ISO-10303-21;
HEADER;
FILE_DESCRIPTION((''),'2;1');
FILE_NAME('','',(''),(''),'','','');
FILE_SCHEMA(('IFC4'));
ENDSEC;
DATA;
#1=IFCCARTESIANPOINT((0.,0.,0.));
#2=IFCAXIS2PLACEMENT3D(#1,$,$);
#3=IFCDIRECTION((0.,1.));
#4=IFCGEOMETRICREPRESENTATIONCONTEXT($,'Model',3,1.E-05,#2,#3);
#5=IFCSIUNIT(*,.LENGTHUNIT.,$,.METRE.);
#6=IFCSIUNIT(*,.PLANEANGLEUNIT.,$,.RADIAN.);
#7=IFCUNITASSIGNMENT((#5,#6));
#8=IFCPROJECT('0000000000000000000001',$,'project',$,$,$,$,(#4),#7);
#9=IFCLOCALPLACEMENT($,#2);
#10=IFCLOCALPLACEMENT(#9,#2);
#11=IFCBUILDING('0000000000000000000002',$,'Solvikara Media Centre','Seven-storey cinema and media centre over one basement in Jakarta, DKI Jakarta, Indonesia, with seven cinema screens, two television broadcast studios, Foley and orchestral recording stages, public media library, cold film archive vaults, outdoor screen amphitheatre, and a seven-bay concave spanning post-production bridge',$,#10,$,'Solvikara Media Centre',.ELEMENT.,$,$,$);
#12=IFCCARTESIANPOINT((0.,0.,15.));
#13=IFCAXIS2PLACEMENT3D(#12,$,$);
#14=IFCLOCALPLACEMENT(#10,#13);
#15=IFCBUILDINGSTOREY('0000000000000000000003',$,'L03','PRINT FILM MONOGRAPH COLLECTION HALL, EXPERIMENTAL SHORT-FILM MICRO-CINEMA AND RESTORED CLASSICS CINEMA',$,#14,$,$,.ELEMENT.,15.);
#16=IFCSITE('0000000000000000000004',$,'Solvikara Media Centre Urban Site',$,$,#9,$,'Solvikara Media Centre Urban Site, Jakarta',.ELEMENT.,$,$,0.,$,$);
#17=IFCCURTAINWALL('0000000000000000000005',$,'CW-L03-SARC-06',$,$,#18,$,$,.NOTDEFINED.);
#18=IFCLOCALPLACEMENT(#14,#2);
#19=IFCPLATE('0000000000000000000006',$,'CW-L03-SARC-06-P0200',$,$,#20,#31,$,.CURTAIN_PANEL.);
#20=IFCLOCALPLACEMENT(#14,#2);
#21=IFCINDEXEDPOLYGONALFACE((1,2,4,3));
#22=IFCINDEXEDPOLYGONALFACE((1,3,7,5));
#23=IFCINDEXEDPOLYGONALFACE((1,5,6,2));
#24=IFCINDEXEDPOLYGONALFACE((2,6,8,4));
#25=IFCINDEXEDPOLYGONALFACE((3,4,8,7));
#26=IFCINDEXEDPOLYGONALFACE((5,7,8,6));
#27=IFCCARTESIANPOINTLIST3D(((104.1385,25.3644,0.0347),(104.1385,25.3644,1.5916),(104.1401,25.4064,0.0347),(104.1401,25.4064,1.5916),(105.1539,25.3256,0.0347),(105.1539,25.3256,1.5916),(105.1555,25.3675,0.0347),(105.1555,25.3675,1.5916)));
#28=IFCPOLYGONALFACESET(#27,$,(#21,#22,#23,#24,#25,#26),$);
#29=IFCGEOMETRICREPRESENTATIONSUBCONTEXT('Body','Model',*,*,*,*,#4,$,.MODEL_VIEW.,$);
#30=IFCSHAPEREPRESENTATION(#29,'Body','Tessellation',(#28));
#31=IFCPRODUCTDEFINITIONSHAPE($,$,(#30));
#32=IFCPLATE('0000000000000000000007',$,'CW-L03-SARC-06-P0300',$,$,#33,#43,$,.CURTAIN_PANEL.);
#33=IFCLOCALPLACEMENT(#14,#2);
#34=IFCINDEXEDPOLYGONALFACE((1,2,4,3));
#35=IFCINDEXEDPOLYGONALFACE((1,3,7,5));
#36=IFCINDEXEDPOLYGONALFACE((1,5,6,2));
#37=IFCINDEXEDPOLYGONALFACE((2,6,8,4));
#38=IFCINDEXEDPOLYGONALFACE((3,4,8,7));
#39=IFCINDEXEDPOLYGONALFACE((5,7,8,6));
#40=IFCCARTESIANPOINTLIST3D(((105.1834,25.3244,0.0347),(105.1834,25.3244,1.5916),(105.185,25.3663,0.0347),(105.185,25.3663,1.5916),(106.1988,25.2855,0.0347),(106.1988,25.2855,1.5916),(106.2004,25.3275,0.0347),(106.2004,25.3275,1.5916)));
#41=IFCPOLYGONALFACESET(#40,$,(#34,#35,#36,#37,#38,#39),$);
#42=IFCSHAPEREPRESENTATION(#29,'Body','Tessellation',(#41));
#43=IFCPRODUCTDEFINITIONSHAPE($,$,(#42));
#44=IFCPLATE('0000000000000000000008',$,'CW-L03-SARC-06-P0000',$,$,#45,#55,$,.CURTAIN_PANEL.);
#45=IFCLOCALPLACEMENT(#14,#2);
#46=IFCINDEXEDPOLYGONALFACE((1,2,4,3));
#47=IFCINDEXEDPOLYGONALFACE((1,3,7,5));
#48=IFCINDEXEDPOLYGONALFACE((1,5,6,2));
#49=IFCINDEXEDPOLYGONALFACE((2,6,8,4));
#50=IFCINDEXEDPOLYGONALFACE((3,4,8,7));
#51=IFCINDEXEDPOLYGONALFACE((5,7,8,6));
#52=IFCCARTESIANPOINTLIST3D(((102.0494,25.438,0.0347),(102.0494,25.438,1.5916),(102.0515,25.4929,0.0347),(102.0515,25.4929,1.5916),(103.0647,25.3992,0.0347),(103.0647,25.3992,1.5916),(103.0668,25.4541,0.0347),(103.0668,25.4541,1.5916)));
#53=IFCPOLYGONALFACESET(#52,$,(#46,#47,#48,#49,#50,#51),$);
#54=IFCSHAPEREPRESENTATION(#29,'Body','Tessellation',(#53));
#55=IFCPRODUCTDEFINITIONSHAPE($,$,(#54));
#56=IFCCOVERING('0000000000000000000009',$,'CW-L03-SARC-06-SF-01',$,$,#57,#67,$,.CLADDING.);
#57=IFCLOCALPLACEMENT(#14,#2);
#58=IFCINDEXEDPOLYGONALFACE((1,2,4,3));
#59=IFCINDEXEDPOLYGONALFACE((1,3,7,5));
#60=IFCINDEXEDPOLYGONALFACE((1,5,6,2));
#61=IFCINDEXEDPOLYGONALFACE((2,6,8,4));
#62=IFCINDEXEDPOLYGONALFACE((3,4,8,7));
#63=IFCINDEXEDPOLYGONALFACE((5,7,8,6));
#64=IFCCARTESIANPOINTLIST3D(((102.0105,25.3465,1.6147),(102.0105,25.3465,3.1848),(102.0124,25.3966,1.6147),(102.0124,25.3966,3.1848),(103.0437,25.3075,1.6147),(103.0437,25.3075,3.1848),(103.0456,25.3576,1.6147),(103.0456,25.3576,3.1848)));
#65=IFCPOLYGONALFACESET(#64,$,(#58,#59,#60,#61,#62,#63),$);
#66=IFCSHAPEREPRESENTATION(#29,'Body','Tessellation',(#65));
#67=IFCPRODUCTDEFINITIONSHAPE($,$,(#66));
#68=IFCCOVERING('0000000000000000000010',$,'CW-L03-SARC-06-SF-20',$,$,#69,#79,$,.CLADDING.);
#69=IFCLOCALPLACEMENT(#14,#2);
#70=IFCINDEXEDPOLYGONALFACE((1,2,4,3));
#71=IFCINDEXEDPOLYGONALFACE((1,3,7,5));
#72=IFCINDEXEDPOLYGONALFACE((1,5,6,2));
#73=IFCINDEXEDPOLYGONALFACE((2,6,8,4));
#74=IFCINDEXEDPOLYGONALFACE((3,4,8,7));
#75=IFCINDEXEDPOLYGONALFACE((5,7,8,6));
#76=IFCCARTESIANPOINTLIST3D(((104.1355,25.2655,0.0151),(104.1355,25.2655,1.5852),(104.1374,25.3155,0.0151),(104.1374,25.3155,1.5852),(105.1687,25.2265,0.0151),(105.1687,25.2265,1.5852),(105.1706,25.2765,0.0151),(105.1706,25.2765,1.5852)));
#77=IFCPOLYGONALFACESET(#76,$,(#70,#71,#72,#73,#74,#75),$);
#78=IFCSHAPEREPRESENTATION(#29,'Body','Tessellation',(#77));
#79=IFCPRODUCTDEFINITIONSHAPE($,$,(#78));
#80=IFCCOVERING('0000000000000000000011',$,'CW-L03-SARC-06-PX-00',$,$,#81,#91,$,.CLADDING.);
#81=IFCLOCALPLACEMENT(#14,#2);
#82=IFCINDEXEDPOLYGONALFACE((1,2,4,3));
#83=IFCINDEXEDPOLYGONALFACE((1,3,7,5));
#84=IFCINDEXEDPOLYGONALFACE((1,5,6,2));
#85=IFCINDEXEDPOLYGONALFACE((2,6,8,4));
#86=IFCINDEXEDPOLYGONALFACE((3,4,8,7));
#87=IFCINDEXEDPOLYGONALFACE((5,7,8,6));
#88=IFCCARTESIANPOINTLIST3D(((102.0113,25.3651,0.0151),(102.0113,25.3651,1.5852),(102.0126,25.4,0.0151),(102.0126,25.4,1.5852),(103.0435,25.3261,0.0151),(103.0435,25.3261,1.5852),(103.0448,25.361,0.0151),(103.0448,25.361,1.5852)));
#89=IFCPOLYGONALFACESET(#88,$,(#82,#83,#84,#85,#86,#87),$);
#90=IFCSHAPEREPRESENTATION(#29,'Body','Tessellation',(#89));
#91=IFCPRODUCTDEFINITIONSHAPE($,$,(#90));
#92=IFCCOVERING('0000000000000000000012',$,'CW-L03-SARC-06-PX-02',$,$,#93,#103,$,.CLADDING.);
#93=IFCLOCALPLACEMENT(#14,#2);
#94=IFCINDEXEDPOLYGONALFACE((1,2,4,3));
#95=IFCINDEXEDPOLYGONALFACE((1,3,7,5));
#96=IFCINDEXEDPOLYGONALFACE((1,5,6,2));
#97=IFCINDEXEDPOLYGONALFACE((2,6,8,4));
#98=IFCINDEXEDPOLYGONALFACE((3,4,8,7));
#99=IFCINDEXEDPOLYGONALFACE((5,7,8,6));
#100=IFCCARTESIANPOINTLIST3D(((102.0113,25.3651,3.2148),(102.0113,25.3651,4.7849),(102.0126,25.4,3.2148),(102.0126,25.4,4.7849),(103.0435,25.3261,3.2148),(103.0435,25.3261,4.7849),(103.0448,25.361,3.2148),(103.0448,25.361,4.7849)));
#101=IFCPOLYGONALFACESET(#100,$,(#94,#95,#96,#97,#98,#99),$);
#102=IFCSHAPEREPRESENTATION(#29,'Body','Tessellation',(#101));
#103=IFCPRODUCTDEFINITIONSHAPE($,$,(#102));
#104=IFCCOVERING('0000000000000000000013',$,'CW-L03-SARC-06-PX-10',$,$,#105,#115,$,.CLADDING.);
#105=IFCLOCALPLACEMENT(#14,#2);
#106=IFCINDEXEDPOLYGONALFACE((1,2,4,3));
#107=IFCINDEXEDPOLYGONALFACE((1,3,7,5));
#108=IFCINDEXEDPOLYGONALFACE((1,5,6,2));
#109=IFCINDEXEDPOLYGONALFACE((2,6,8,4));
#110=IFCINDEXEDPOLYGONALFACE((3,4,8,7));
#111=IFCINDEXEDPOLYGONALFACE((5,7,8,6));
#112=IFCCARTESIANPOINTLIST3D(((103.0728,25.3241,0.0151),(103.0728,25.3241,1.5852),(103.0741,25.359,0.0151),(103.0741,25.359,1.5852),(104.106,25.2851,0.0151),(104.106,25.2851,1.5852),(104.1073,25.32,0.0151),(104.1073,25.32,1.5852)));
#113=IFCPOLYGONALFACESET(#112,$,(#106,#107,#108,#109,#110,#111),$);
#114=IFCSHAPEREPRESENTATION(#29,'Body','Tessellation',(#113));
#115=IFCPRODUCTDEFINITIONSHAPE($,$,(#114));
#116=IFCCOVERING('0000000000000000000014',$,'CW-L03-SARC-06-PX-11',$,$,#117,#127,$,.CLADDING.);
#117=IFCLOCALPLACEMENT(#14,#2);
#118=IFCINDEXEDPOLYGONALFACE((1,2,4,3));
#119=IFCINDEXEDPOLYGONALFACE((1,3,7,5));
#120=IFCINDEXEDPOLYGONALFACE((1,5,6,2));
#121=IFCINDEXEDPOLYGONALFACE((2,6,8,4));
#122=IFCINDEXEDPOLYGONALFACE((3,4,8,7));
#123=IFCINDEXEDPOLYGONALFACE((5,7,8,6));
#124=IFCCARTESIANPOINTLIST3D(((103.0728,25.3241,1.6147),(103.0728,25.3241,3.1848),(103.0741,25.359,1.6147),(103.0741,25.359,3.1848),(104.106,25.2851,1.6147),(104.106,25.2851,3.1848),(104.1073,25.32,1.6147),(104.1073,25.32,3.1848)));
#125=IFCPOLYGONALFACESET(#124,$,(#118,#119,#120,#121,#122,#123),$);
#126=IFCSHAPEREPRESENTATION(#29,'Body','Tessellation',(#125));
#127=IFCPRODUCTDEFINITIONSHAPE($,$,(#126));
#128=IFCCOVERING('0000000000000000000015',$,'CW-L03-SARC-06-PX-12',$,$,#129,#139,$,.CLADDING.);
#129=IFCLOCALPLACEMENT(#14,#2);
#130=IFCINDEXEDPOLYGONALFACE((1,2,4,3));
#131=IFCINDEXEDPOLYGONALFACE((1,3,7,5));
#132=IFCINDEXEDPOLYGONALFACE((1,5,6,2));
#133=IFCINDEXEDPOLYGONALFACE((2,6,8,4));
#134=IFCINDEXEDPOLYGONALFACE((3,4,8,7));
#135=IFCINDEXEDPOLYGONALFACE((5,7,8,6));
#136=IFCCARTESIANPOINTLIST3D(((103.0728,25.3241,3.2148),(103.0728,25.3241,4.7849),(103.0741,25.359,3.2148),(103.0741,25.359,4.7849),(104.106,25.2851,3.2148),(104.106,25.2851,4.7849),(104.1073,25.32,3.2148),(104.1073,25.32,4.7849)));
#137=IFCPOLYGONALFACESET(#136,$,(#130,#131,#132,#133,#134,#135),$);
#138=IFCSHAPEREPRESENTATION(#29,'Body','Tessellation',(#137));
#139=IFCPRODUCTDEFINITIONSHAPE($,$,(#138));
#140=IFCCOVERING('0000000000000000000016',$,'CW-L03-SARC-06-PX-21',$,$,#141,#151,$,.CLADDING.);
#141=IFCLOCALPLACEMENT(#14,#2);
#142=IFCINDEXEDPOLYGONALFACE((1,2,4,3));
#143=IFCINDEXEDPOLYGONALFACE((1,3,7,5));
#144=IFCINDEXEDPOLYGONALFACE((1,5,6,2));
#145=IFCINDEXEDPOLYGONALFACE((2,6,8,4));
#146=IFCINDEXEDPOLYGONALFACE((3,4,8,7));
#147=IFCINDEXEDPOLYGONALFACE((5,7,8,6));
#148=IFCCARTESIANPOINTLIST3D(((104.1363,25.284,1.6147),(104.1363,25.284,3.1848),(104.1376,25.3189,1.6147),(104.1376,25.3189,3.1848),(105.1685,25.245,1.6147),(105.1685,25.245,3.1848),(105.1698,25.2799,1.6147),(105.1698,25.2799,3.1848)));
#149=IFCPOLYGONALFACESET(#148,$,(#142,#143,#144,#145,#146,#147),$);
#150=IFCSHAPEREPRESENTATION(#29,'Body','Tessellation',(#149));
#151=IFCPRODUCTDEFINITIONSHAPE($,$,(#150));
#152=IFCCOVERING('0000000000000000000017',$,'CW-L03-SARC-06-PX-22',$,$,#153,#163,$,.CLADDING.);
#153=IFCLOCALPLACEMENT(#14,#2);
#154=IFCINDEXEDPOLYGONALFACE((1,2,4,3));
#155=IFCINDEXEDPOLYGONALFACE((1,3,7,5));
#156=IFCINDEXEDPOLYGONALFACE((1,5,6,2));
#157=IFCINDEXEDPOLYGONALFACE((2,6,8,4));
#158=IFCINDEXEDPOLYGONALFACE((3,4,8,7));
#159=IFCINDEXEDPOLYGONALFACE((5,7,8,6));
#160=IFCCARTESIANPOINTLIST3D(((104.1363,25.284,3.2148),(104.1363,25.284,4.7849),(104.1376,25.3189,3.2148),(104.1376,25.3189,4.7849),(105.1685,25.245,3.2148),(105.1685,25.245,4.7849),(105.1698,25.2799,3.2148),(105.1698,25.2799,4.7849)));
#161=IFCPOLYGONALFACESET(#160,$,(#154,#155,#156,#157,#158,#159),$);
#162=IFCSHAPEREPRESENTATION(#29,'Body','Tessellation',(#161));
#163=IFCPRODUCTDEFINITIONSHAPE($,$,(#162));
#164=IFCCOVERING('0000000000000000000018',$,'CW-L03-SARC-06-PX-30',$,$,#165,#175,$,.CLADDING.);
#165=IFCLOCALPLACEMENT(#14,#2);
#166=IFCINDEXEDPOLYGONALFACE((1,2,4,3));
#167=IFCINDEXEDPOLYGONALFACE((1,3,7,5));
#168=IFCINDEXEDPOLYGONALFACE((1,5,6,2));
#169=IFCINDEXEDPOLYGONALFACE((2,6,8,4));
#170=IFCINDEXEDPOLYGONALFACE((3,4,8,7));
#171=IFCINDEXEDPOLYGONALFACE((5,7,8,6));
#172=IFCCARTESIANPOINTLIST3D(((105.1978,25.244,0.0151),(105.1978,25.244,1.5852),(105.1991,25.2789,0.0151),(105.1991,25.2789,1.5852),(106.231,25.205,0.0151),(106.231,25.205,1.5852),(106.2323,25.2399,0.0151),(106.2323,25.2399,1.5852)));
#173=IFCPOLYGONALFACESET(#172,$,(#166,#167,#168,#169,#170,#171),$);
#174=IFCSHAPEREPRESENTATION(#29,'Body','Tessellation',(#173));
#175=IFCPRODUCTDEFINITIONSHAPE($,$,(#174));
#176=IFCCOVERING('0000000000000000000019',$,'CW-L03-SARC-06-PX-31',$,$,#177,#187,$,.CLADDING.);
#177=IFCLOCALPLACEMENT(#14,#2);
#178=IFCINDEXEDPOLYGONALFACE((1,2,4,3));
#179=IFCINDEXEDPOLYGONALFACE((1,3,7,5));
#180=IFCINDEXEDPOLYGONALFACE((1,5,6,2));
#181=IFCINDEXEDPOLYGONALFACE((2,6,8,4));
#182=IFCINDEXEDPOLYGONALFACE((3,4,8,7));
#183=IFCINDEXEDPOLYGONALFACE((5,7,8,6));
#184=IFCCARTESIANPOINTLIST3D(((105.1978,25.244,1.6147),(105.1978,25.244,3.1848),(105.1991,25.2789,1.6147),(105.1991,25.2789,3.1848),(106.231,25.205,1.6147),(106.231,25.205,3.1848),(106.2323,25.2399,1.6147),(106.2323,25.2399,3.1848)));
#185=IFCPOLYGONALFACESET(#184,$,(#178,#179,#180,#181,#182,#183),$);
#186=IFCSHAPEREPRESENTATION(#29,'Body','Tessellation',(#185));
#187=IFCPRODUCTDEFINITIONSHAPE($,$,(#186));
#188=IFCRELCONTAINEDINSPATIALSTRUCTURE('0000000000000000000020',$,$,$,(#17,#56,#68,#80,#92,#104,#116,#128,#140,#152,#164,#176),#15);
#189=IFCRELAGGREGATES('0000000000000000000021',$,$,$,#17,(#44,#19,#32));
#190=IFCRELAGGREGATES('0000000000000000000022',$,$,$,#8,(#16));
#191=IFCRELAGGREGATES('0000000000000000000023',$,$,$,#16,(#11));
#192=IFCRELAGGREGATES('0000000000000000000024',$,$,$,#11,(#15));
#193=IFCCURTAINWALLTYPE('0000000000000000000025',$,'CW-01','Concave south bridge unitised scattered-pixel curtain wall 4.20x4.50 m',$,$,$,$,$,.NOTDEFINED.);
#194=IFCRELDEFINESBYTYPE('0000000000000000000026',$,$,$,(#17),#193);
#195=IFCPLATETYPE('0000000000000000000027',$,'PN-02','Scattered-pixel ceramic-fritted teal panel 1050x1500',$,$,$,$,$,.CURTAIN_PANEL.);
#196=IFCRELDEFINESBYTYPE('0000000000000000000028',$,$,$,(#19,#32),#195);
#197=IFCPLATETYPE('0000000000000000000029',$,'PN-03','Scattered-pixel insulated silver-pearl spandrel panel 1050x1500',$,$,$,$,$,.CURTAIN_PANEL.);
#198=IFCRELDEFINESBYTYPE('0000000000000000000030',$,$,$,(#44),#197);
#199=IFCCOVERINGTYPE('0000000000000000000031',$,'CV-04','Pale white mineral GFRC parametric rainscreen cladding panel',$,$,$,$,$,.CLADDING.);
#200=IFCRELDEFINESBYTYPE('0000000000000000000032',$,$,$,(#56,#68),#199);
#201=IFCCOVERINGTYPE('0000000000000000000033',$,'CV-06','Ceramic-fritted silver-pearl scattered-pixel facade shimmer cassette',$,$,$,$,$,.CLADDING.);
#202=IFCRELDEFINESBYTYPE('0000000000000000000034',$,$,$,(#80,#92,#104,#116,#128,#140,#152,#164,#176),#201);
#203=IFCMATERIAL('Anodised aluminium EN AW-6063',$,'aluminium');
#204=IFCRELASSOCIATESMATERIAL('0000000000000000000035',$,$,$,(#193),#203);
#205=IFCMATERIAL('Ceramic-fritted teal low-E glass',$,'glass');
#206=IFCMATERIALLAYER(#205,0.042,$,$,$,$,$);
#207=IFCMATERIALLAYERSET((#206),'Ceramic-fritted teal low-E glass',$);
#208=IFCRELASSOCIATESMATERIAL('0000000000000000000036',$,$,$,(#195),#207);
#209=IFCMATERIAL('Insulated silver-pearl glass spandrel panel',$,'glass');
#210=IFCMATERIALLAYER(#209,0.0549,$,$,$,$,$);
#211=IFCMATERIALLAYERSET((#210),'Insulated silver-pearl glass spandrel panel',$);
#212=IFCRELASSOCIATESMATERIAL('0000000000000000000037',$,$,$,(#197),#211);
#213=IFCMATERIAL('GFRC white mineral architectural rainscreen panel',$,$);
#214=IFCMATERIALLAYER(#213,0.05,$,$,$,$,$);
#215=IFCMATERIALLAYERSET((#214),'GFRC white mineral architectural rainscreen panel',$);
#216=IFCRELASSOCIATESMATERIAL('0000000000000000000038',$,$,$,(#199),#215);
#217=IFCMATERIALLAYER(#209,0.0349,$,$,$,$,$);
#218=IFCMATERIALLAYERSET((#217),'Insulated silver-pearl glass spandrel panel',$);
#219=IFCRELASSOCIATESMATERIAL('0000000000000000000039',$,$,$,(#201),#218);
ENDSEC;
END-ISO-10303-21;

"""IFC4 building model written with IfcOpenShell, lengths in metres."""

from ifc_helpers import new_model, si_unit, direction, frame, origin, origin_2d, place, context, subcontext, project, spatial, rectangle, extrude, material, layer, layer_set, type_object, element, aggregate, save


model = new_model("IFC4")

# Units and contexts
model_context = context("Model", 3, precision=1e-05, world=origin(), true_north=direction((0.0, 1.0)))
body_context = subcontext(model_context, "Body", "Model", "MODEL_VIEW")
ifc_project = project(units=[si_unit("LENGTHUNIT", "METRE"), si_unit("PLANEANGLEUNIT", "RADIAN")], contexts=[model_context])

# Site, building, storey
site_placement = place(None, origin())
site = spatial("IfcSite", under=ifc_project, at=site_placement, Name="Solvikara Media Centre Urban Site", LongName="Solvikara Media Centre Urban Site, Jakarta", CompositionType="ELEMENT", RefElevation=0.0)
building_placement = place(site_placement, origin())
building = spatial("IfcBuilding", under=site, at=building_placement, Name="Solvikara Media Centre", Description="Seven-storey cinema and media centre over one basement in Jakarta, DKI Jakarta, Indonesia, with seven cinema screens, two television broadcast studios, Foley and orchestral recording stages, public media library, cold film archive vaults, outdoor screen amphitheatre, and a seven-bay concave spanning post-production bridge", LongName="Solvikara Media Centre", CompositionType="ELEMENT")
storey_placement = place(building_placement, frame((0.0, 0.0, 15.0)))
storey = spatial("IfcBuildingStorey", under=building, at=storey_placement, Name="L03", Description="PRINT FILM MONOGRAPH COLLECTION HALL, EXPERIMENTAL SHORT-FILM MICRO-CINEMA AND RESTORED CLASSICS CINEMA", CompositionType="ELEMENT", Elevation=15.0)

# Curtain wall
ifc_material_1 = material(Name="Anodised aluminium EN AW-6063", Category="aluminium")
curtain_wall_type = type_object("IfcCurtainWallType", Name="CW-01", Description="Concave south bridge unitised scattered-pixel curtain wall 4.20x4.50 m", PredefinedType="NOTDEFINED", material=ifc_material_1)
curtain_wall_1_placement = place(storey_placement, origin())
curtain_wall_1 = element("IfcCurtainWall", 1, at=curtain_wall_1_placement, inside=storey, type_object=curtain_wall_type, Name="CW-L03-SARC-06", PredefinedType="NOTDEFINED")

# Plates
ifc_material_2 = material(Name="Ceramic-fritted teal low-E glass", Category="glass")
ifc_layer_1 = layer(ifc_material_2, 0.042)
ifc_layer_set_1 = layer_set([ifc_layer_1], Name="Ceramic-fritted teal low-E glass")
plate_type_1 = type_object("IfcPlateType", Name="PN-02", Description="Scattered-pixel ceramic-fritted teal panel 1050x1500", PredefinedType="CURTAIN_PANEL", material=ifc_layer_set_1)
plate_1_placement = place(storey_placement, frame((104.647, 25.366, 0.0347), z_axis=(0.0, 0.0, 1.0), x_axis=(0.999268, -0.038248, 0.0)))
plate_1 = element("IfcPlate", 2, at=plate_1_placement, type_object=plate_type_1, Name="CW-L03-SARC-06-P0200", PredefinedType="CURTAIN_PANEL", context=body_context, shape_type="SweptSolid", body=[
    extrude(rectangle(XDim=1.0161, YDim=0.042, at=origin_2d()), origin(), (0.0, 0.0, 1.0), 1.5569),
])
plate_2_placement = place(storey_placement, frame((105.6919, 25.3259, 0.0347), z_axis=(0.0, 0.0, 1.0), x_axis=(0.999268, -0.038248, 0.0)))
plate_2 = element("IfcPlate", 3, at=plate_2_placement, type_object=plate_type_1, Name="CW-L03-SARC-06-P0300", PredefinedType="CURTAIN_PANEL", context=body_context, shape_type="SweptSolid", body=[
    extrude(rectangle(XDim=1.0161, YDim=0.042, at=origin_2d()), origin(), (0.0, 0.0, 1.0), 1.5569),
])
ifc_material_3 = material(Name="Insulated silver-pearl glass spandrel panel", Category="glass")
ifc_layer_2 = layer(ifc_material_3, 0.0549)
ifc_layer_set_2 = layer_set([ifc_layer_2], Name="Insulated silver-pearl glass spandrel panel")
plate_type_2 = type_object("IfcPlateType", Name="PN-03", Description="Scattered-pixel insulated silver-pearl spandrel panel 1050x1500", PredefinedType="CURTAIN_PANEL", material=ifc_layer_set_2)
plate_3_placement = place(storey_placement, frame((102.5581, 25.446, 0.0347), z_axis=(0.0, 0.0, 1.0), x_axis=(0.999268, -0.038248, 0.0)))
plate_3 = element("IfcPlate", 4, at=plate_3_placement, type_object=plate_type_2, Name="CW-L03-SARC-06-P0000", PredefinedType="CURTAIN_PANEL", context=body_context, shape_type="SweptSolid", body=[
    extrude(rectangle(XDim=1.0161, YDim=0.0549, at=origin_2d()), origin(), (0.0, 0.0, 1.0), 1.5569),
])
aggregate(curtain_wall_1, [plate_3, plate_1, plate_2])

# Coverings
ifc_material_4 = material(Name="GFRC white mineral architectural rainscreen panel")
ifc_layer_3 = layer(ifc_material_4, 0.05)
ifc_layer_set_3 = layer_set([ifc_layer_3], Name="GFRC white mineral architectural rainscreen panel")
covering_type_1 = type_object("IfcCoveringType", Name="CV-04", Description="Pale white mineral GFRC parametric rainscreen cladding panel", PredefinedType="CLADDING", material=ifc_layer_set_3)
for number, where, z_axis, x_axis, name in (
    (5, (102.5281, 25.3521, 1.6147), (0.0, 0.0, 1.0), (0.999288, -0.037725, 0.0), "CW-L03-SARC-06-SF-01"),
    (6, (104.6531, 25.271, 0.0151), (0.0, 0.0, 1.0), (0.999288, -0.037725, 0.0), "CW-L03-SARC-06-SF-20"),
):
    element("IfcCovering", number, at=place(storey_placement, frame(where, z_axis=z_axis, x_axis=x_axis)), inside=storey, type_object=covering_type_1, Name=name, PredefinedType="CLADDING", context=body_context, shape_type="SweptSolid", body=[
        extrude(rectangle(XDim=1.0339, YDim=0.05, at=origin_2d()), origin(), (0.0, 0.0, 1.0), 1.5701),
    ])
ifc_layer_4 = layer(ifc_material_3, 0.0349)
ifc_layer_set_4 = layer_set([ifc_layer_4], Name="Insulated silver-pearl glass spandrel panel")
covering_type_2 = type_object("IfcCoveringType", Name="CV-06", Description="Ceramic-fritted silver-pearl scattered-pixel facade shimmer cassette", PredefinedType="CLADDING", material=ifc_layer_set_4)
for number, where, z_axis, x_axis, name in (
    (7, (102.5281, 25.363, 0.0151), (0.0, 0.0, 1.0), (0.999287, -0.03776, 0.0), "CW-L03-SARC-06-PX-00"),
    (8, (102.5281, 25.363, 3.2148), (0.0, 0.0, 1.0), (0.999287, -0.03776, 0.0), "CW-L03-SARC-06-PX-02"),
):
    element("IfcCovering", number, at=place(storey_placement, frame(where, z_axis=z_axis, x_axis=x_axis)), inside=storey, type_object=covering_type_2, Name=name, PredefinedType="CLADDING", context=body_context, shape_type="SweptSolid", body=[
        extrude(rectangle(XDim=1.033, YDim=0.0349, at=origin_2d()), origin(), (0.0, 0.0, 1.0), 1.5701),
    ])
for number, where, z_axis, x_axis, name in (
    (9, (103.5901, 25.322, 0.0151), (0.0, 0.0, 1.0), (0.999288, -0.037725, 0.0), "CW-L03-SARC-06-PX-10"),
    (10, (103.5901, 25.322, 1.6147), (0.0, 0.0, 1.0), (0.999288, -0.037725, 0.0), "CW-L03-SARC-06-PX-11"),
    (11, (103.5901, 25.322, 3.2148), (0.0, 0.0, 1.0), (0.999288, -0.037725, 0.0), "CW-L03-SARC-06-PX-12"),
):
    element("IfcCovering", number, at=place(storey_placement, frame(where, z_axis=z_axis, x_axis=x_axis)), inside=storey, type_object=covering_type_2, Name=name, PredefinedType="CLADDING", context=body_context, shape_type="SweptSolid", body=[
        extrude(rectangle(XDim=1.0339, YDim=0.0349, at=origin_2d()), origin(), (0.0, 0.0, 1.0), 1.5701),
    ])
for number, where, z_axis, x_axis, name in (
    (12, (104.6531, 25.282, 1.6147), (0.0, 0.0, 1.0), (0.999287, -0.03776, 0.0), "CW-L03-SARC-06-PX-21"),
    (13, (104.6531, 25.282, 3.2148), (0.0, 0.0, 1.0), (0.999287, -0.03776, 0.0), "CW-L03-SARC-06-PX-22"),
):
    element("IfcCovering", number, at=place(storey_placement, frame(where, z_axis=z_axis, x_axis=x_axis)), inside=storey, type_object=covering_type_2, Name=name, PredefinedType="CLADDING", context=body_context, shape_type="SweptSolid", body=[
        extrude(rectangle(XDim=1.033, YDim=0.0349, at=origin_2d()), origin(), (0.0, 0.0, 1.0), 1.5701),
    ])
for number, where, z_axis, x_axis, name in (
    (14, (105.7151, 25.2419, 0.0151), (0.0, 0.0, 1.0), (0.999288, -0.037725, 0.0), "CW-L03-SARC-06-PX-30"),
    (15, (105.7151, 25.2419, 1.6147), (0.0, 0.0, 1.0), (0.999288, -0.037725, 0.0), "CW-L03-SARC-06-PX-31"),
):
    element("IfcCovering", number, at=place(storey_placement, frame(where, z_axis=z_axis, x_axis=x_axis)), inside=storey, type_object=covering_type_2, Name=name, PredefinedType="CLADDING", context=body_context, shape_type="SweptSolid", body=[
        extrude(rectangle(XDim=1.0339, YDim=0.0349, at=origin_2d()), origin(), (0.0, 0.0, 1.0), 1.5701),
    ])

save(model, "model.ifc")
